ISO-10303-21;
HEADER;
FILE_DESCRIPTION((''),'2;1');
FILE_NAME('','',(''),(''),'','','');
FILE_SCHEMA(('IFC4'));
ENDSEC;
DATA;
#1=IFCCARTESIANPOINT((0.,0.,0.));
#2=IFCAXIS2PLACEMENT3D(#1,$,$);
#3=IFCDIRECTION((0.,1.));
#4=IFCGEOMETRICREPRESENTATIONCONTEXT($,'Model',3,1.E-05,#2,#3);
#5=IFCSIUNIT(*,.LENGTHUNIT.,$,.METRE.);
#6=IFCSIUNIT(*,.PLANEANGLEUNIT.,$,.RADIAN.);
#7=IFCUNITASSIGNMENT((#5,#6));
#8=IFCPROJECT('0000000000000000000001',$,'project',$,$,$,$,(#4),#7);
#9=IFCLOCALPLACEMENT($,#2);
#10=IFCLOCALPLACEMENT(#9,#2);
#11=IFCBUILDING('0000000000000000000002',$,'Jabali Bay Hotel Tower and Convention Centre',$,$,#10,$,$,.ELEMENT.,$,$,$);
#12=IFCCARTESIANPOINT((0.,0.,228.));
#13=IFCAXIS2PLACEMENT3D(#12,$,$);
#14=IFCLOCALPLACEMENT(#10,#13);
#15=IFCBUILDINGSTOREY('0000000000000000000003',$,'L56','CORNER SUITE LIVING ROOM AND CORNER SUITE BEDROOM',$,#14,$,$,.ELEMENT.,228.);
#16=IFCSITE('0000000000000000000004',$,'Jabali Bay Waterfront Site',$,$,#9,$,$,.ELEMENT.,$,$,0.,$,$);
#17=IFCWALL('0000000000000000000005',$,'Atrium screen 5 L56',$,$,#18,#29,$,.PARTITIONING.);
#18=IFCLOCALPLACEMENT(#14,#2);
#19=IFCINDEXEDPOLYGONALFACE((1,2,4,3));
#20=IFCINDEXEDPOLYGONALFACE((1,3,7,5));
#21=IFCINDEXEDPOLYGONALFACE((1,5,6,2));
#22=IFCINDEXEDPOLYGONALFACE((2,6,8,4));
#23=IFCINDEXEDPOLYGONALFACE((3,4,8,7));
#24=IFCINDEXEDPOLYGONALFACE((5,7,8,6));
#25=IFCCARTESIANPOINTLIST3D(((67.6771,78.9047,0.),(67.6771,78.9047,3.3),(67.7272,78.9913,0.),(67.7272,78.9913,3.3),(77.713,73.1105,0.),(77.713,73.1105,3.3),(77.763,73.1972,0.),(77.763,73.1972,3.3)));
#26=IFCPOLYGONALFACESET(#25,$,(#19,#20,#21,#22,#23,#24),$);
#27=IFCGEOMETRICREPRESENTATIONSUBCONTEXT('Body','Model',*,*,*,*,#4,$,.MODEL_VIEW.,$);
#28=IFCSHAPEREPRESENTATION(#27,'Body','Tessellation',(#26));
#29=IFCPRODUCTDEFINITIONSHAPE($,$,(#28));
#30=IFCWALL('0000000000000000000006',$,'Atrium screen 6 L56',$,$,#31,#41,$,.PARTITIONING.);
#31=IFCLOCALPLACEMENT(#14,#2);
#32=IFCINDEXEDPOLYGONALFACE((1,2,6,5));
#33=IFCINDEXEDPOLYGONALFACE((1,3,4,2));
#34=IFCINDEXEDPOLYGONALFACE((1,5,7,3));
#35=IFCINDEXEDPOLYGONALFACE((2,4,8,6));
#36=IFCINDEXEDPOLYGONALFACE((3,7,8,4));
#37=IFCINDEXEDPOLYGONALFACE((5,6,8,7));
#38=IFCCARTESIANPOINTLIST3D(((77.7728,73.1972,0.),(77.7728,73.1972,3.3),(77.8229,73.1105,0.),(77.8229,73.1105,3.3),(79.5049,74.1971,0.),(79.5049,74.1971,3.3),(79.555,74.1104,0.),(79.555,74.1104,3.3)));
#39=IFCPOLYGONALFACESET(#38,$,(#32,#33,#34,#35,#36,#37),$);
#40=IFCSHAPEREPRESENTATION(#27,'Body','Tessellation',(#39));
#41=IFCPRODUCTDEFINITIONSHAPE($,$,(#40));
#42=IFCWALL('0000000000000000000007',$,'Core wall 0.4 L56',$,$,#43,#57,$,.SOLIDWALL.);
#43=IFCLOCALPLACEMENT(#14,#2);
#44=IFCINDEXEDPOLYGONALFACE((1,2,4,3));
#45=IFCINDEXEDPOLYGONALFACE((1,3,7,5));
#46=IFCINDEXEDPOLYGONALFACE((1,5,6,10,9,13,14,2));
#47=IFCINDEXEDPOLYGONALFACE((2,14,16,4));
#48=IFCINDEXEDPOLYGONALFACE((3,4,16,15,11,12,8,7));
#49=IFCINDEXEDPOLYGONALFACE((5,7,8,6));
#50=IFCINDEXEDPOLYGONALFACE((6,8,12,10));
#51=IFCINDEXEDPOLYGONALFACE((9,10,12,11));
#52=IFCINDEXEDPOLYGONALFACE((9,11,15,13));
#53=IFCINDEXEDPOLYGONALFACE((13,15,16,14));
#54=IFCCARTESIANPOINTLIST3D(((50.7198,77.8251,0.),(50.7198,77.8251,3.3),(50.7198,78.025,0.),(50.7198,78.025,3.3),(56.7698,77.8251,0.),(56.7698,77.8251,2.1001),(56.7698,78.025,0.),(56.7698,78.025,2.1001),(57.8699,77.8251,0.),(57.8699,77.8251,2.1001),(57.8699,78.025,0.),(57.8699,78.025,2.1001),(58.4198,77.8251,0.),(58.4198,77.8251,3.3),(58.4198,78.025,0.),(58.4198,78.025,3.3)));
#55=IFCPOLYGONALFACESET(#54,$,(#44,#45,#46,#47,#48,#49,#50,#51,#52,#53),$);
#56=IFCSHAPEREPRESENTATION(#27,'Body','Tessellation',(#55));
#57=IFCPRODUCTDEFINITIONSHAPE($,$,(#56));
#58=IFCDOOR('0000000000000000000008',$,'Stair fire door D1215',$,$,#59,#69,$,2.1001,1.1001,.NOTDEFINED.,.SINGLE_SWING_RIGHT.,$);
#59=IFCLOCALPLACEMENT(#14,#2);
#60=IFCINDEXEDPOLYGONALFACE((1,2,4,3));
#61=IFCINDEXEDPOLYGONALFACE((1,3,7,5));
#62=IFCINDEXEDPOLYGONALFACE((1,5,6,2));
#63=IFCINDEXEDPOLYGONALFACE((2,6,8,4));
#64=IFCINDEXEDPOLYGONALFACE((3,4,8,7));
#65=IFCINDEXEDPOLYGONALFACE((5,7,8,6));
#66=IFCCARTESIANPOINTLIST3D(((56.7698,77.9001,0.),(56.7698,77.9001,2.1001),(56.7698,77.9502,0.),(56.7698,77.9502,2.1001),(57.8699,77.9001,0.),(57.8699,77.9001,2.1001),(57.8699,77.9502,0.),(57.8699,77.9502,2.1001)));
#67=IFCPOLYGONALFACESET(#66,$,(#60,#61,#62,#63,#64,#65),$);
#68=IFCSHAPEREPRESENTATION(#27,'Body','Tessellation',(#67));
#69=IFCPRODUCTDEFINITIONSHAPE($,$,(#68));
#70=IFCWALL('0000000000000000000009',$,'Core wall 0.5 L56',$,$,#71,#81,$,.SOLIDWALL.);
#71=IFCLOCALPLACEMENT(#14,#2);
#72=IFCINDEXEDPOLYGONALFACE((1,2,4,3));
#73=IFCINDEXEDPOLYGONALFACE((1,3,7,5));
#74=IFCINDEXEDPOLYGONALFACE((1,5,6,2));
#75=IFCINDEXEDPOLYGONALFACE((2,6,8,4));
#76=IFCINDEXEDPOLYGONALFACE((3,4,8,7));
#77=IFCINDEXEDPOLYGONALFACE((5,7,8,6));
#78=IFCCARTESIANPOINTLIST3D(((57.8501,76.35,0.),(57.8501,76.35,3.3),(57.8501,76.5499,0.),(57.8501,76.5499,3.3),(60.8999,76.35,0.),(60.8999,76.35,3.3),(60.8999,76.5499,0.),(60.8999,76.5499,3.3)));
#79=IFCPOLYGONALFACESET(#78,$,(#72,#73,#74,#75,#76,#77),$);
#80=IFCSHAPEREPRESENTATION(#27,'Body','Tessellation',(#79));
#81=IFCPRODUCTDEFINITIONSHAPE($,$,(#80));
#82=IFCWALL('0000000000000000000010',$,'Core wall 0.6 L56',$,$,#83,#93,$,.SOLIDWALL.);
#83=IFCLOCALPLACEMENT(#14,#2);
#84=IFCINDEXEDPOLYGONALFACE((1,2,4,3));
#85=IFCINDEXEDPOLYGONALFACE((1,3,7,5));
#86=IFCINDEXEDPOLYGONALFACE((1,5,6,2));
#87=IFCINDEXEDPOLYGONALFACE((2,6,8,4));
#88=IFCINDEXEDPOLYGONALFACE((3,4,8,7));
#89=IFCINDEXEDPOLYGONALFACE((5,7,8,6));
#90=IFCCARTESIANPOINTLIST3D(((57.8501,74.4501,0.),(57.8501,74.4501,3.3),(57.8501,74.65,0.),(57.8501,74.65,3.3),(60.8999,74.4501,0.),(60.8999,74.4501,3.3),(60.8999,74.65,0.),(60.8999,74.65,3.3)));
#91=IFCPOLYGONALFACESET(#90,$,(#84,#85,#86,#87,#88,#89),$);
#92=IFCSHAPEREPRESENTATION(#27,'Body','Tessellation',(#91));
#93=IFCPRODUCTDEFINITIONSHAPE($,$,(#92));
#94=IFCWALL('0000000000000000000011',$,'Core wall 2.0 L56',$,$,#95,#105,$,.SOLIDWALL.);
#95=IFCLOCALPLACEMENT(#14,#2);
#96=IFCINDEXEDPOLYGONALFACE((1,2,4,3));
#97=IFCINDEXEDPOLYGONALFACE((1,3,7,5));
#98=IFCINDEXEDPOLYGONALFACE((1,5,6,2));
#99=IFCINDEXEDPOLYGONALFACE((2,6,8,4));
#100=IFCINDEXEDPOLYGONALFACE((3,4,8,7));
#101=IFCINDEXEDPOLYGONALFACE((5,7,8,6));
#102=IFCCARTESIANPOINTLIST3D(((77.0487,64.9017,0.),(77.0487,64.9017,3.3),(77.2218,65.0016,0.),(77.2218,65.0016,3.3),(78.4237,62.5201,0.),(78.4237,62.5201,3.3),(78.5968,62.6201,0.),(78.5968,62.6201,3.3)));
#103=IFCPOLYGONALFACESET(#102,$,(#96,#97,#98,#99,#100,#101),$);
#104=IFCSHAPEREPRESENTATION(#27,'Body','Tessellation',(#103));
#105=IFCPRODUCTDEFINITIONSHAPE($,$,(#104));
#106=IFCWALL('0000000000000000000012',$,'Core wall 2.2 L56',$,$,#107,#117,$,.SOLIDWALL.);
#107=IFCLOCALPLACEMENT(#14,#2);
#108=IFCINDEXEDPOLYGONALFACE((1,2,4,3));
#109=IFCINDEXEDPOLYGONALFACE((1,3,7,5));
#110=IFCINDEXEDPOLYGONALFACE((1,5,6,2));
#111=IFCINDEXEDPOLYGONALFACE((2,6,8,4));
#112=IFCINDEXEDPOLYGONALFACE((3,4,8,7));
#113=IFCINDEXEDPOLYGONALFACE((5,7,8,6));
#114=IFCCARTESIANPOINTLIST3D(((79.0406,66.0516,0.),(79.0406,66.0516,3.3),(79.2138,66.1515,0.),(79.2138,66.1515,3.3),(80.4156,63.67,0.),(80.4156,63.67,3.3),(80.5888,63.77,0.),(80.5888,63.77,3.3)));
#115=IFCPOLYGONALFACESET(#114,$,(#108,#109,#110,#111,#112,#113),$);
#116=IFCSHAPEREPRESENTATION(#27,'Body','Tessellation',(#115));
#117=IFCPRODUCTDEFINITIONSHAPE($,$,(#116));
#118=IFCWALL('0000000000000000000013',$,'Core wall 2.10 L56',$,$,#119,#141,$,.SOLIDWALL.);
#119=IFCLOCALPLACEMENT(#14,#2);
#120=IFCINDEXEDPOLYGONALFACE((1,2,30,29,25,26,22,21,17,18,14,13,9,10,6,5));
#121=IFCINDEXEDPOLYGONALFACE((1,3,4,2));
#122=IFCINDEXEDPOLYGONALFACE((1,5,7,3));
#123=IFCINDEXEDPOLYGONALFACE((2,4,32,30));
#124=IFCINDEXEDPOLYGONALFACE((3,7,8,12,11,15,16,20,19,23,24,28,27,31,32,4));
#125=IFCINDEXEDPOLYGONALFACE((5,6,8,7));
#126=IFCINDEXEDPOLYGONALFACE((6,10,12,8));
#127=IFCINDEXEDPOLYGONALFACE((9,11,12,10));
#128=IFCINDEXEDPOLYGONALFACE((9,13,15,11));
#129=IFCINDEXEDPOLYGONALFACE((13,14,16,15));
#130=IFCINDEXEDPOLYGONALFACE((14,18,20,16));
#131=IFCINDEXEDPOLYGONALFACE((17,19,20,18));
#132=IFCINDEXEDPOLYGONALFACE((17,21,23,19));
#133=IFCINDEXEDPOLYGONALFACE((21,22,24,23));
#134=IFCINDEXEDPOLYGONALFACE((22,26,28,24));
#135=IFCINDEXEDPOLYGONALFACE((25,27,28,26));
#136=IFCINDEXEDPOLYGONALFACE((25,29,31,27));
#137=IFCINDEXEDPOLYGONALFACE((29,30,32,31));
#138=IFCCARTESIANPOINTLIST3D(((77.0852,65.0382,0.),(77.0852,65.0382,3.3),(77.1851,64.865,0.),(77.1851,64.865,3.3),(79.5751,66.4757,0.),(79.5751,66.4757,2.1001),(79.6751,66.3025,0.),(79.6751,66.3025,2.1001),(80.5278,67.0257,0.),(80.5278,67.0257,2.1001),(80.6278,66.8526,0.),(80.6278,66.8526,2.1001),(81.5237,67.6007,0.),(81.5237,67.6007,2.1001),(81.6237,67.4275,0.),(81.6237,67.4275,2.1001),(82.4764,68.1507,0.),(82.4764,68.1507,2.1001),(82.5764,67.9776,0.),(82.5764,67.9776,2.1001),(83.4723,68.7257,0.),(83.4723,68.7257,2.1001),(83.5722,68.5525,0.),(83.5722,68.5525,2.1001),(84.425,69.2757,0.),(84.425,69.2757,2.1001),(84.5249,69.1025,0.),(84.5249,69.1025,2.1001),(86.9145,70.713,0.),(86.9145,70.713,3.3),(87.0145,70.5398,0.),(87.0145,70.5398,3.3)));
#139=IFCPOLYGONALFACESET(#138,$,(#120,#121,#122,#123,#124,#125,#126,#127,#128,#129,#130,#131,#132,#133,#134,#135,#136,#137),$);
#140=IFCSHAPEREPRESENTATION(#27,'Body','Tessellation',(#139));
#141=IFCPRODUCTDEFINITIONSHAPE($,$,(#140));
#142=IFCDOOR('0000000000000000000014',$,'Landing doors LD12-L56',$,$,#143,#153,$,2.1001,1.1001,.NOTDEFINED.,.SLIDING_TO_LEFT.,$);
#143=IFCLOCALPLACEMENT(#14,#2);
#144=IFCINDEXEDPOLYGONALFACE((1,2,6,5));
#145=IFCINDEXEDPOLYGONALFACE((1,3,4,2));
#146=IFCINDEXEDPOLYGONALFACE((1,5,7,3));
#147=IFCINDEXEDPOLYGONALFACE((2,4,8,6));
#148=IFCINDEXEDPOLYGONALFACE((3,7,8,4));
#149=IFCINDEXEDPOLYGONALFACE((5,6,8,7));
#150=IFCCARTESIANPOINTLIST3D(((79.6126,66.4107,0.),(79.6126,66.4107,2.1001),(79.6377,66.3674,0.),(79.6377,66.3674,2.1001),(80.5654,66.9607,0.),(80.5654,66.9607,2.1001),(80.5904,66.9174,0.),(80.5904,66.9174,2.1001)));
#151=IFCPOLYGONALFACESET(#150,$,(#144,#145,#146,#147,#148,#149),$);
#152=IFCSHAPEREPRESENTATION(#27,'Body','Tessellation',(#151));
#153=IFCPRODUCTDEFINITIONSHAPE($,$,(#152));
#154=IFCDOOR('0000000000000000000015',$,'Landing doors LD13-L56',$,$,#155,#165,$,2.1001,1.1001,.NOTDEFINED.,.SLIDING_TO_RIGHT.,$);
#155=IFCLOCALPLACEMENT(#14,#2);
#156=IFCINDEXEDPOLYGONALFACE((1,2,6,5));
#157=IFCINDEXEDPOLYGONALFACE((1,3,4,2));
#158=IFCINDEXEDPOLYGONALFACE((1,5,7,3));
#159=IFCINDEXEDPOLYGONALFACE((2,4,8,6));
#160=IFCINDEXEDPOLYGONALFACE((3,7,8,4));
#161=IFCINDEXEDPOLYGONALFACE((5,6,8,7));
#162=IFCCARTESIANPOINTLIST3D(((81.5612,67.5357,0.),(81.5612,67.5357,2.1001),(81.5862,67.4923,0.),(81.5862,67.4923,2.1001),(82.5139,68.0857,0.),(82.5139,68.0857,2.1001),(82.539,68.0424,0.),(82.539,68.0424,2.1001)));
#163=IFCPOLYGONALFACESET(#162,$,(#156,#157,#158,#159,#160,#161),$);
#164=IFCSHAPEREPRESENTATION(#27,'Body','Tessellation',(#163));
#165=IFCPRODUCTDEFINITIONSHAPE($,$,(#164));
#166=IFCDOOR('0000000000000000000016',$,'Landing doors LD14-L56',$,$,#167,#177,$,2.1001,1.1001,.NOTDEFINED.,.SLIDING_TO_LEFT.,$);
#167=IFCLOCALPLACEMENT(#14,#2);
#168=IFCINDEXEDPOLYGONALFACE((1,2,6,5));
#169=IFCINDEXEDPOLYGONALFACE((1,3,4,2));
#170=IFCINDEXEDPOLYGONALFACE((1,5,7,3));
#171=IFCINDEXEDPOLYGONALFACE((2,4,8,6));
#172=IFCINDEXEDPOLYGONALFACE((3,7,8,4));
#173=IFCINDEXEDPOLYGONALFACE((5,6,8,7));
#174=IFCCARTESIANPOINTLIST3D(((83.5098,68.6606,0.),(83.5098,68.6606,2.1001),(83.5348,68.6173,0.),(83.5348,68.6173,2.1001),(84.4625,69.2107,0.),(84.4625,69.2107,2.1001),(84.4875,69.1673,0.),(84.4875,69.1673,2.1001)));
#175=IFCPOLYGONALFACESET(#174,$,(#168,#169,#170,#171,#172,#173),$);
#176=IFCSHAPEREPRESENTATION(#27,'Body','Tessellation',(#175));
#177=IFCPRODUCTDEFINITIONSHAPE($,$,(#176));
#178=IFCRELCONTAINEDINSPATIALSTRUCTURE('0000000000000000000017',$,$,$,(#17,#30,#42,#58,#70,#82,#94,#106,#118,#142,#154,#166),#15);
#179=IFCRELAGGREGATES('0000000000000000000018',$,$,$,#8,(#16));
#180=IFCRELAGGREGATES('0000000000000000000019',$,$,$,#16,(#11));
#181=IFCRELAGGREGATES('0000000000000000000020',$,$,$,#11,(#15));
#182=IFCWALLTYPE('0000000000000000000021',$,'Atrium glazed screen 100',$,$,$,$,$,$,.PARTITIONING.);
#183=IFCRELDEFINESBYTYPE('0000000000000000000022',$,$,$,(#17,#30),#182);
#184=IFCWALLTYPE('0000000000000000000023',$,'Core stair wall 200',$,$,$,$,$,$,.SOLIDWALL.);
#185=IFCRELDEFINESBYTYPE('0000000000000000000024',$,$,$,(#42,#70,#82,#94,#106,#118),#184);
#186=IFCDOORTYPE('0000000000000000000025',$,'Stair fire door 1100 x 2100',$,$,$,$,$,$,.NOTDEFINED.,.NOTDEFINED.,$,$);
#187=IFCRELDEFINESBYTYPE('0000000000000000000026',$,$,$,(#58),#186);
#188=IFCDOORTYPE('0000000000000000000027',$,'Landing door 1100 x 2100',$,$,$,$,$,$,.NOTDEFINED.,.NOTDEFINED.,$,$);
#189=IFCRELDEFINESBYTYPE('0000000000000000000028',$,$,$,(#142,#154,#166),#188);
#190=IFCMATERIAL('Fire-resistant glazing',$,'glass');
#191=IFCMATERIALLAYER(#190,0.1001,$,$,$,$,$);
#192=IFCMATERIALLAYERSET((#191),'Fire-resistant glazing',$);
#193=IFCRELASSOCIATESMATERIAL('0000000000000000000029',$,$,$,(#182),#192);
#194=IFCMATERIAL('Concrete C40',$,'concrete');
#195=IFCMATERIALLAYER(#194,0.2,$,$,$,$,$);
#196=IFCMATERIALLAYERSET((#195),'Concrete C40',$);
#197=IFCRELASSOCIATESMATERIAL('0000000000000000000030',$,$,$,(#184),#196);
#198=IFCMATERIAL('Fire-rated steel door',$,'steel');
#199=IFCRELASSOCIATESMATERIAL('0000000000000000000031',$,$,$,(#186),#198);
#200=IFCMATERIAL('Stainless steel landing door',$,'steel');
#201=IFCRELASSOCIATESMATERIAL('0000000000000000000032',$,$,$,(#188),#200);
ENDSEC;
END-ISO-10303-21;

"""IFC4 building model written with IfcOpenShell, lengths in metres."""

from ifc_helpers import new_model, si_unit, direction, frame, frame_2d, origin, place, context, subcontext, project, spatial, rectangle, extrude, material, layer, layer_set, type_object, element, fill, save


model = new_model("IFC4")

# Units and contexts
model_context = context("Model", 3, precision=1e-05, world=origin(), true_north=direction((0.0, 1.0)))
body_context = subcontext(model_context, "Body", "Model", "MODEL_VIEW")
ifc_project = project(units=[si_unit("LENGTHUNIT", "METRE"), si_unit("PLANEANGLEUNIT", "RADIAN")], contexts=[model_context])

# Site, building, storey
site_placement = place(None, origin())
site = spatial("IfcSite", under=ifc_project, at=site_placement, Name="Jabali Bay Waterfront Site", CompositionType="ELEMENT", RefElevation=0.0)
building_placement = place(site_placement, origin())
building = spatial("IfcBuilding", under=site, at=building_placement, Name="Jabali Bay Hotel Tower and Convention Centre", CompositionType="ELEMENT")
storey_placement = place(building_placement, frame((0.0, 0.0, 228.0)))
storey = spatial("IfcBuildingStorey", under=building, at=storey_placement, Name="L56", Description="CORNER SUITE LIVING ROOM AND CORNER SUITE BEDROOM", CompositionType="ELEMENT", Elevation=228.0)

# Walls
ifc_material_1 = material(Name="Fire-resistant glazing", Category="glass")
ifc_layer_1 = layer(ifc_material_1, 0.1001)
ifc_layer_set_1 = layer_set([ifc_layer_1], Name="Fire-resistant glazing")
wall_type_1 = type_object("IfcWallType", Name="Atrium glazed screen 100", PredefinedType="PARTITIONING", material=ifc_layer_set_1)
wall_1_placement = place(storey_placement, frame((67.7021, 78.948, 0.0), z_axis=(0.0, 0.0, 1.0), x_axis=(0.866027, -0.499998, 0.0)))
element("IfcWall", 1, at=wall_1_placement, inside=storey, type_object=wall_type_1, Name="Atrium screen 5 L56", PredefinedType="PARTITIONING", context=body_context, shape_type="SweptSolid", body=[
    extrude(rectangle(XDim=11.5884, YDim=0.1001, at=frame_2d((5.7942, 0.0))), origin(), (0.0, 0.0, 1.0), 3.3),
])
wall_2_placement = place(storey_placement, frame((77.7979, 73.1538, 0.0), z_axis=(0.0, 0.0, 1.0), x_axis=(0.866041, 0.499973, 0.0)))
element("IfcWall", 2, at=wall_2_placement, inside=storey, type_object=wall_type_1, Name="Atrium screen 6 L56", PredefinedType="PARTITIONING", context=body_context, shape_type="SweptSolid", body=[
    extrude(rectangle(XDim=2.0, YDim=0.1001, at=frame_2d((1.0, 0.0))), origin(), (0.0, 0.0, 1.0), 3.3),
])

# Wall, opening, door
ifc_material_2 = material(Name="Concrete C40", Category="concrete")
ifc_layer_2 = layer(ifc_material_2, 0.2)
ifc_layer_set_2 = layer_set([ifc_layer_2], Name="Concrete C40")
wall_type_2 = type_object("IfcWallType", Name="Core stair wall 200", PredefinedType="SOLIDWALL", material=ifc_layer_set_2)
wall_3_placement = place(storey_placement, frame((58.4199, 77.925, 0.0), z_axis=(0.0, 0.0, 1.0), x_axis=(-1.0, 0.0, 0.0)))
wall_3 = element("IfcWall", 3, at=wall_3_placement, inside=storey, type_object=wall_type_2, Name="Core wall 0.4 L56", PredefinedType="SOLIDWALL", context=body_context, shape_type="SweptSolid", body=[
    extrude(rectangle(XDim=7.7, YDim=0.2, at=frame_2d((3.8501, 0.0))), origin(), (0.0, 0.0, 1.0), 3.3),
])
opening_1_placement = place(wall_3_placement, frame((0.55, 0.0, 0.0)))
opening_1 = element("IfcOpeningElement", 4, at=opening_1_placement, cuts=wall_3, PredefinedType="OPENING", context=body_context, shape_type="SweptSolid", body=[
    extrude(rectangle(XDim=1.1001, YDim=2.1001, at=frame_2d((0.55, 1.05))), frame((0.0, 0.1104, 0.0), z_axis=(0.0, -1.0, 0.0), x_axis=(1.0, 0.0, 0.0)), (0.0, 0.0, 1.0), 0.2209),
])
ifc_material_3 = material(Name="Fire-rated steel door", Category="steel")
door_type_1 = type_object("IfcDoorType", Name="Stair fire door 1100 x 2100", OperationType="NOTDEFINED", PredefinedType="NOTDEFINED", material=ifc_material_3)
door_1_placement = place(opening_1_placement, origin())
door_1 = element("IfcDoor", 5, at=door_1_placement, inside=storey, type_object=door_type_1, Name="Stair fire door D1215", OperationType="SINGLE_SWING_RIGHT", OverallHeight=2.1001, OverallWidth=1.1001, PredefinedType="NOTDEFINED", context=body_context, shape_type="SweptSolid", body=[
    extrude(rectangle(XDim=1.1001, YDim=2.1001, at=frame_2d((0.55, 1.05))), frame((0.0, 0.0249, 0.0), z_axis=(0.0, -1.0, 0.0), x_axis=(1.0, 0.0, 0.0)), (0.0, 0.0, 1.0), 0.05),
])
fill(opening_1, door_1)

# Walls
for number, where, z_axis, x_axis, name in (
    (6, (60.8999, 76.45, 0.0), (0.0, 0.0, 1.0), (-1.0, 0.0, 0.0), "Core wall 0.5 L56"),
    (7, (60.8999, 74.55, 0.0), (0.0, 0.0, 1.0), (-1.0, 0.0, 0.0), "Core wall 0.6 L56"),
):
    element("IfcWall", number, at=place(storey_placement, frame(where, z_axis=z_axis, x_axis=x_axis)), inside=storey, type_object=wall_type_2, Name=name, PredefinedType="SOLIDWALL", context=body_context, shape_type="SweptSolid", body=[
        extrude(rectangle(XDim=3.0498, YDim=0.2, at=frame_2d((1.5249, 0.0))), origin(), (0.0, 0.0, 1.0), 3.3),
    ])
for number, where, z_axis, x_axis, name in (
    (8, (77.1353, 64.9517, 0.0), (0.0, 0.0, 1.0), (0.499997, -0.866027, 0.0), "Core wall 2.0 L56"),
    (9, (79.1272, 66.1016, 0.0), (0.0, 0.0, 1.0), (0.499997, -0.866027, 0.0), "Core wall 2.2 L56"),
):
    element("IfcWall", number, at=place(storey_placement, frame(where, z_axis=z_axis, x_axis=x_axis)), inside=storey, type_object=wall_type_2, Name=name, PredefinedType="SOLIDWALL", context=body_context, shape_type="SweptSolid", body=[
        extrude(rectangle(XDim=2.75, YDim=0.2, at=frame_2d((1.375, 0.0))), origin(), (0.0, 0.0, 1.0), 3.3),
    ])

# Wall, openings, doors
wall_4_placement = place(storey_placement, frame((77.1353, 64.9517, 0.0), z_axis=(0.0, 0.0, 1.0), x_axis=(0.866032, 0.499989, 0.0)))
wall_4 = element("IfcWall", 10, at=wall_4_placement, inside=storey, type_object=wall_type_2, Name="Core wall 2.10 L56", PredefinedType="SOLIDWALL", context=body_context, shape_type="SweptSolid", body=[
    extrude(rectangle(XDim=11.3499, YDim=0.2, at=frame_2d((5.6748, 0.0))), origin(), (0.0, 0.0, 1.0), 3.3),
])
opening_2_placement = place(wall_4_placement, frame((2.875, 0.0, 0.0)))
opening_2 = element("IfcOpeningElement", 11, at=opening_2_placement, cuts=wall_4, PredefinedType="OPENING", context=body_context, shape_type="SweptSolid", body=[
    extrude(rectangle(XDim=1.1001, YDim=2.1001, at=frame_2d((0.55, 1.05))), frame((0.0, 0.1104, 0.0), z_axis=(0.0, -1.0, 0.0), x_axis=(1.0, 0.0, 0.0)), (0.0, 0.0, 1.0), 0.2209),
])
opening_3_placement = place(wall_4_placement, frame((5.125, 0.0, 0.0)))
opening_3 = element("IfcOpeningElement", 12, at=opening_3_placement, cuts=wall_4, PredefinedType="OPENING", context=body_context, shape_type="SweptSolid", body=[
    extrude(rectangle(XDim=1.1001, YDim=2.1001, at=frame_2d((0.55, 1.05))), frame((0.0, 0.1104, 0.0), z_axis=(0.0, -1.0, 0.0), x_axis=(1.0, 0.0, 0.0)), (0.0, 0.0, 1.0), 0.2209),
])
opening_4_placement = place(wall_4_placement, frame((7.375, 0.0, 0.0)))
opening_4 = element("IfcOpeningElement", 13, at=opening_4_placement, cuts=wall_4, PredefinedType="OPENING", context=body_context, shape_type="SweptSolid", body=[
    extrude(rectangle(XDim=1.1001, YDim=2.1001, at=frame_2d((0.55, 1.05))), frame((0.0, 0.1104, 0.0), z_axis=(0.0, -1.0, 0.0), x_axis=(1.0, 0.0, 0.0)), (0.0, 0.0, 1.0), 0.2209),
])
ifc_material_4 = material(Name="Stainless steel landing door", Category="steel")
door_type_2 = type_object("IfcDoorType", Name="Landing door 1100 x 2100", OperationType="NOTDEFINED", PredefinedType="NOTDEFINED", material=ifc_material_4)
door_2_placement = place(opening_2_placement, origin())
door_2 = element("IfcDoor", 14, at=door_2_placement, inside=storey, type_object=door_type_2, Name="Landing doors LD12-L56", OperationType="SLIDING_TO_LEFT", OverallHeight=2.1001, OverallWidth=1.1001, PredefinedType="NOTDEFINED", context=body_context, shape_type="SweptSolid", body=[
    extrude(rectangle(XDim=1.1001, YDim=2.1001, at=frame_2d((0.55, 1.05))), frame((0.0, 0.0249, 0.0), z_axis=(0.0, -1.0, 0.0), x_axis=(1.0, 0.0, 0.0)), (0.0, 0.0, 1.0), 0.05),
])
fill(opening_2, door_2)
door_3_placement = place(opening_3_placement, origin())
door_3 = element("IfcDoor", 15, at=door_3_placement, inside=storey, type_object=door_type_2, Name="Landing doors LD13-L56", OperationType="SLIDING_TO_RIGHT", OverallHeight=2.1001, OverallWidth=1.1001, PredefinedType="NOTDEFINED", context=body_context, shape_type="SweptSolid", body=[
    extrude(rectangle(XDim=1.1001, YDim=2.1001, at=frame_2d((0.55, 1.05))), frame((0.0, 0.0249, 0.0), z_axis=(0.0, -1.0, 0.0), x_axis=(1.0, 0.0, 0.0)), (0.0, 0.0, 1.0), 0.05),
])
fill(opening_3, door_3)
door_4_placement = place(opening_4_placement, origin())
door_4 = element("IfcDoor", 16, at=door_4_placement, inside=storey, type_object=door_type_2, Name="Landing doors LD14-L56", OperationType="SLIDING_TO_LEFT", OverallHeight=2.1001, OverallWidth=1.1001, PredefinedType="NOTDEFINED", context=body_context, shape_type="SweptSolid", body=[
    extrude(rectangle(XDim=1.1001, YDim=2.1001, at=frame_2d((0.55, 1.05))), frame((0.0, 0.0249, 0.0), z_axis=(0.0, -1.0, 0.0), x_axis=(1.0, 0.0, 0.0)), (0.0, 0.0, 1.0), 0.05),
])
fill(opening_4, door_4)

save(model, "model.ifc")
